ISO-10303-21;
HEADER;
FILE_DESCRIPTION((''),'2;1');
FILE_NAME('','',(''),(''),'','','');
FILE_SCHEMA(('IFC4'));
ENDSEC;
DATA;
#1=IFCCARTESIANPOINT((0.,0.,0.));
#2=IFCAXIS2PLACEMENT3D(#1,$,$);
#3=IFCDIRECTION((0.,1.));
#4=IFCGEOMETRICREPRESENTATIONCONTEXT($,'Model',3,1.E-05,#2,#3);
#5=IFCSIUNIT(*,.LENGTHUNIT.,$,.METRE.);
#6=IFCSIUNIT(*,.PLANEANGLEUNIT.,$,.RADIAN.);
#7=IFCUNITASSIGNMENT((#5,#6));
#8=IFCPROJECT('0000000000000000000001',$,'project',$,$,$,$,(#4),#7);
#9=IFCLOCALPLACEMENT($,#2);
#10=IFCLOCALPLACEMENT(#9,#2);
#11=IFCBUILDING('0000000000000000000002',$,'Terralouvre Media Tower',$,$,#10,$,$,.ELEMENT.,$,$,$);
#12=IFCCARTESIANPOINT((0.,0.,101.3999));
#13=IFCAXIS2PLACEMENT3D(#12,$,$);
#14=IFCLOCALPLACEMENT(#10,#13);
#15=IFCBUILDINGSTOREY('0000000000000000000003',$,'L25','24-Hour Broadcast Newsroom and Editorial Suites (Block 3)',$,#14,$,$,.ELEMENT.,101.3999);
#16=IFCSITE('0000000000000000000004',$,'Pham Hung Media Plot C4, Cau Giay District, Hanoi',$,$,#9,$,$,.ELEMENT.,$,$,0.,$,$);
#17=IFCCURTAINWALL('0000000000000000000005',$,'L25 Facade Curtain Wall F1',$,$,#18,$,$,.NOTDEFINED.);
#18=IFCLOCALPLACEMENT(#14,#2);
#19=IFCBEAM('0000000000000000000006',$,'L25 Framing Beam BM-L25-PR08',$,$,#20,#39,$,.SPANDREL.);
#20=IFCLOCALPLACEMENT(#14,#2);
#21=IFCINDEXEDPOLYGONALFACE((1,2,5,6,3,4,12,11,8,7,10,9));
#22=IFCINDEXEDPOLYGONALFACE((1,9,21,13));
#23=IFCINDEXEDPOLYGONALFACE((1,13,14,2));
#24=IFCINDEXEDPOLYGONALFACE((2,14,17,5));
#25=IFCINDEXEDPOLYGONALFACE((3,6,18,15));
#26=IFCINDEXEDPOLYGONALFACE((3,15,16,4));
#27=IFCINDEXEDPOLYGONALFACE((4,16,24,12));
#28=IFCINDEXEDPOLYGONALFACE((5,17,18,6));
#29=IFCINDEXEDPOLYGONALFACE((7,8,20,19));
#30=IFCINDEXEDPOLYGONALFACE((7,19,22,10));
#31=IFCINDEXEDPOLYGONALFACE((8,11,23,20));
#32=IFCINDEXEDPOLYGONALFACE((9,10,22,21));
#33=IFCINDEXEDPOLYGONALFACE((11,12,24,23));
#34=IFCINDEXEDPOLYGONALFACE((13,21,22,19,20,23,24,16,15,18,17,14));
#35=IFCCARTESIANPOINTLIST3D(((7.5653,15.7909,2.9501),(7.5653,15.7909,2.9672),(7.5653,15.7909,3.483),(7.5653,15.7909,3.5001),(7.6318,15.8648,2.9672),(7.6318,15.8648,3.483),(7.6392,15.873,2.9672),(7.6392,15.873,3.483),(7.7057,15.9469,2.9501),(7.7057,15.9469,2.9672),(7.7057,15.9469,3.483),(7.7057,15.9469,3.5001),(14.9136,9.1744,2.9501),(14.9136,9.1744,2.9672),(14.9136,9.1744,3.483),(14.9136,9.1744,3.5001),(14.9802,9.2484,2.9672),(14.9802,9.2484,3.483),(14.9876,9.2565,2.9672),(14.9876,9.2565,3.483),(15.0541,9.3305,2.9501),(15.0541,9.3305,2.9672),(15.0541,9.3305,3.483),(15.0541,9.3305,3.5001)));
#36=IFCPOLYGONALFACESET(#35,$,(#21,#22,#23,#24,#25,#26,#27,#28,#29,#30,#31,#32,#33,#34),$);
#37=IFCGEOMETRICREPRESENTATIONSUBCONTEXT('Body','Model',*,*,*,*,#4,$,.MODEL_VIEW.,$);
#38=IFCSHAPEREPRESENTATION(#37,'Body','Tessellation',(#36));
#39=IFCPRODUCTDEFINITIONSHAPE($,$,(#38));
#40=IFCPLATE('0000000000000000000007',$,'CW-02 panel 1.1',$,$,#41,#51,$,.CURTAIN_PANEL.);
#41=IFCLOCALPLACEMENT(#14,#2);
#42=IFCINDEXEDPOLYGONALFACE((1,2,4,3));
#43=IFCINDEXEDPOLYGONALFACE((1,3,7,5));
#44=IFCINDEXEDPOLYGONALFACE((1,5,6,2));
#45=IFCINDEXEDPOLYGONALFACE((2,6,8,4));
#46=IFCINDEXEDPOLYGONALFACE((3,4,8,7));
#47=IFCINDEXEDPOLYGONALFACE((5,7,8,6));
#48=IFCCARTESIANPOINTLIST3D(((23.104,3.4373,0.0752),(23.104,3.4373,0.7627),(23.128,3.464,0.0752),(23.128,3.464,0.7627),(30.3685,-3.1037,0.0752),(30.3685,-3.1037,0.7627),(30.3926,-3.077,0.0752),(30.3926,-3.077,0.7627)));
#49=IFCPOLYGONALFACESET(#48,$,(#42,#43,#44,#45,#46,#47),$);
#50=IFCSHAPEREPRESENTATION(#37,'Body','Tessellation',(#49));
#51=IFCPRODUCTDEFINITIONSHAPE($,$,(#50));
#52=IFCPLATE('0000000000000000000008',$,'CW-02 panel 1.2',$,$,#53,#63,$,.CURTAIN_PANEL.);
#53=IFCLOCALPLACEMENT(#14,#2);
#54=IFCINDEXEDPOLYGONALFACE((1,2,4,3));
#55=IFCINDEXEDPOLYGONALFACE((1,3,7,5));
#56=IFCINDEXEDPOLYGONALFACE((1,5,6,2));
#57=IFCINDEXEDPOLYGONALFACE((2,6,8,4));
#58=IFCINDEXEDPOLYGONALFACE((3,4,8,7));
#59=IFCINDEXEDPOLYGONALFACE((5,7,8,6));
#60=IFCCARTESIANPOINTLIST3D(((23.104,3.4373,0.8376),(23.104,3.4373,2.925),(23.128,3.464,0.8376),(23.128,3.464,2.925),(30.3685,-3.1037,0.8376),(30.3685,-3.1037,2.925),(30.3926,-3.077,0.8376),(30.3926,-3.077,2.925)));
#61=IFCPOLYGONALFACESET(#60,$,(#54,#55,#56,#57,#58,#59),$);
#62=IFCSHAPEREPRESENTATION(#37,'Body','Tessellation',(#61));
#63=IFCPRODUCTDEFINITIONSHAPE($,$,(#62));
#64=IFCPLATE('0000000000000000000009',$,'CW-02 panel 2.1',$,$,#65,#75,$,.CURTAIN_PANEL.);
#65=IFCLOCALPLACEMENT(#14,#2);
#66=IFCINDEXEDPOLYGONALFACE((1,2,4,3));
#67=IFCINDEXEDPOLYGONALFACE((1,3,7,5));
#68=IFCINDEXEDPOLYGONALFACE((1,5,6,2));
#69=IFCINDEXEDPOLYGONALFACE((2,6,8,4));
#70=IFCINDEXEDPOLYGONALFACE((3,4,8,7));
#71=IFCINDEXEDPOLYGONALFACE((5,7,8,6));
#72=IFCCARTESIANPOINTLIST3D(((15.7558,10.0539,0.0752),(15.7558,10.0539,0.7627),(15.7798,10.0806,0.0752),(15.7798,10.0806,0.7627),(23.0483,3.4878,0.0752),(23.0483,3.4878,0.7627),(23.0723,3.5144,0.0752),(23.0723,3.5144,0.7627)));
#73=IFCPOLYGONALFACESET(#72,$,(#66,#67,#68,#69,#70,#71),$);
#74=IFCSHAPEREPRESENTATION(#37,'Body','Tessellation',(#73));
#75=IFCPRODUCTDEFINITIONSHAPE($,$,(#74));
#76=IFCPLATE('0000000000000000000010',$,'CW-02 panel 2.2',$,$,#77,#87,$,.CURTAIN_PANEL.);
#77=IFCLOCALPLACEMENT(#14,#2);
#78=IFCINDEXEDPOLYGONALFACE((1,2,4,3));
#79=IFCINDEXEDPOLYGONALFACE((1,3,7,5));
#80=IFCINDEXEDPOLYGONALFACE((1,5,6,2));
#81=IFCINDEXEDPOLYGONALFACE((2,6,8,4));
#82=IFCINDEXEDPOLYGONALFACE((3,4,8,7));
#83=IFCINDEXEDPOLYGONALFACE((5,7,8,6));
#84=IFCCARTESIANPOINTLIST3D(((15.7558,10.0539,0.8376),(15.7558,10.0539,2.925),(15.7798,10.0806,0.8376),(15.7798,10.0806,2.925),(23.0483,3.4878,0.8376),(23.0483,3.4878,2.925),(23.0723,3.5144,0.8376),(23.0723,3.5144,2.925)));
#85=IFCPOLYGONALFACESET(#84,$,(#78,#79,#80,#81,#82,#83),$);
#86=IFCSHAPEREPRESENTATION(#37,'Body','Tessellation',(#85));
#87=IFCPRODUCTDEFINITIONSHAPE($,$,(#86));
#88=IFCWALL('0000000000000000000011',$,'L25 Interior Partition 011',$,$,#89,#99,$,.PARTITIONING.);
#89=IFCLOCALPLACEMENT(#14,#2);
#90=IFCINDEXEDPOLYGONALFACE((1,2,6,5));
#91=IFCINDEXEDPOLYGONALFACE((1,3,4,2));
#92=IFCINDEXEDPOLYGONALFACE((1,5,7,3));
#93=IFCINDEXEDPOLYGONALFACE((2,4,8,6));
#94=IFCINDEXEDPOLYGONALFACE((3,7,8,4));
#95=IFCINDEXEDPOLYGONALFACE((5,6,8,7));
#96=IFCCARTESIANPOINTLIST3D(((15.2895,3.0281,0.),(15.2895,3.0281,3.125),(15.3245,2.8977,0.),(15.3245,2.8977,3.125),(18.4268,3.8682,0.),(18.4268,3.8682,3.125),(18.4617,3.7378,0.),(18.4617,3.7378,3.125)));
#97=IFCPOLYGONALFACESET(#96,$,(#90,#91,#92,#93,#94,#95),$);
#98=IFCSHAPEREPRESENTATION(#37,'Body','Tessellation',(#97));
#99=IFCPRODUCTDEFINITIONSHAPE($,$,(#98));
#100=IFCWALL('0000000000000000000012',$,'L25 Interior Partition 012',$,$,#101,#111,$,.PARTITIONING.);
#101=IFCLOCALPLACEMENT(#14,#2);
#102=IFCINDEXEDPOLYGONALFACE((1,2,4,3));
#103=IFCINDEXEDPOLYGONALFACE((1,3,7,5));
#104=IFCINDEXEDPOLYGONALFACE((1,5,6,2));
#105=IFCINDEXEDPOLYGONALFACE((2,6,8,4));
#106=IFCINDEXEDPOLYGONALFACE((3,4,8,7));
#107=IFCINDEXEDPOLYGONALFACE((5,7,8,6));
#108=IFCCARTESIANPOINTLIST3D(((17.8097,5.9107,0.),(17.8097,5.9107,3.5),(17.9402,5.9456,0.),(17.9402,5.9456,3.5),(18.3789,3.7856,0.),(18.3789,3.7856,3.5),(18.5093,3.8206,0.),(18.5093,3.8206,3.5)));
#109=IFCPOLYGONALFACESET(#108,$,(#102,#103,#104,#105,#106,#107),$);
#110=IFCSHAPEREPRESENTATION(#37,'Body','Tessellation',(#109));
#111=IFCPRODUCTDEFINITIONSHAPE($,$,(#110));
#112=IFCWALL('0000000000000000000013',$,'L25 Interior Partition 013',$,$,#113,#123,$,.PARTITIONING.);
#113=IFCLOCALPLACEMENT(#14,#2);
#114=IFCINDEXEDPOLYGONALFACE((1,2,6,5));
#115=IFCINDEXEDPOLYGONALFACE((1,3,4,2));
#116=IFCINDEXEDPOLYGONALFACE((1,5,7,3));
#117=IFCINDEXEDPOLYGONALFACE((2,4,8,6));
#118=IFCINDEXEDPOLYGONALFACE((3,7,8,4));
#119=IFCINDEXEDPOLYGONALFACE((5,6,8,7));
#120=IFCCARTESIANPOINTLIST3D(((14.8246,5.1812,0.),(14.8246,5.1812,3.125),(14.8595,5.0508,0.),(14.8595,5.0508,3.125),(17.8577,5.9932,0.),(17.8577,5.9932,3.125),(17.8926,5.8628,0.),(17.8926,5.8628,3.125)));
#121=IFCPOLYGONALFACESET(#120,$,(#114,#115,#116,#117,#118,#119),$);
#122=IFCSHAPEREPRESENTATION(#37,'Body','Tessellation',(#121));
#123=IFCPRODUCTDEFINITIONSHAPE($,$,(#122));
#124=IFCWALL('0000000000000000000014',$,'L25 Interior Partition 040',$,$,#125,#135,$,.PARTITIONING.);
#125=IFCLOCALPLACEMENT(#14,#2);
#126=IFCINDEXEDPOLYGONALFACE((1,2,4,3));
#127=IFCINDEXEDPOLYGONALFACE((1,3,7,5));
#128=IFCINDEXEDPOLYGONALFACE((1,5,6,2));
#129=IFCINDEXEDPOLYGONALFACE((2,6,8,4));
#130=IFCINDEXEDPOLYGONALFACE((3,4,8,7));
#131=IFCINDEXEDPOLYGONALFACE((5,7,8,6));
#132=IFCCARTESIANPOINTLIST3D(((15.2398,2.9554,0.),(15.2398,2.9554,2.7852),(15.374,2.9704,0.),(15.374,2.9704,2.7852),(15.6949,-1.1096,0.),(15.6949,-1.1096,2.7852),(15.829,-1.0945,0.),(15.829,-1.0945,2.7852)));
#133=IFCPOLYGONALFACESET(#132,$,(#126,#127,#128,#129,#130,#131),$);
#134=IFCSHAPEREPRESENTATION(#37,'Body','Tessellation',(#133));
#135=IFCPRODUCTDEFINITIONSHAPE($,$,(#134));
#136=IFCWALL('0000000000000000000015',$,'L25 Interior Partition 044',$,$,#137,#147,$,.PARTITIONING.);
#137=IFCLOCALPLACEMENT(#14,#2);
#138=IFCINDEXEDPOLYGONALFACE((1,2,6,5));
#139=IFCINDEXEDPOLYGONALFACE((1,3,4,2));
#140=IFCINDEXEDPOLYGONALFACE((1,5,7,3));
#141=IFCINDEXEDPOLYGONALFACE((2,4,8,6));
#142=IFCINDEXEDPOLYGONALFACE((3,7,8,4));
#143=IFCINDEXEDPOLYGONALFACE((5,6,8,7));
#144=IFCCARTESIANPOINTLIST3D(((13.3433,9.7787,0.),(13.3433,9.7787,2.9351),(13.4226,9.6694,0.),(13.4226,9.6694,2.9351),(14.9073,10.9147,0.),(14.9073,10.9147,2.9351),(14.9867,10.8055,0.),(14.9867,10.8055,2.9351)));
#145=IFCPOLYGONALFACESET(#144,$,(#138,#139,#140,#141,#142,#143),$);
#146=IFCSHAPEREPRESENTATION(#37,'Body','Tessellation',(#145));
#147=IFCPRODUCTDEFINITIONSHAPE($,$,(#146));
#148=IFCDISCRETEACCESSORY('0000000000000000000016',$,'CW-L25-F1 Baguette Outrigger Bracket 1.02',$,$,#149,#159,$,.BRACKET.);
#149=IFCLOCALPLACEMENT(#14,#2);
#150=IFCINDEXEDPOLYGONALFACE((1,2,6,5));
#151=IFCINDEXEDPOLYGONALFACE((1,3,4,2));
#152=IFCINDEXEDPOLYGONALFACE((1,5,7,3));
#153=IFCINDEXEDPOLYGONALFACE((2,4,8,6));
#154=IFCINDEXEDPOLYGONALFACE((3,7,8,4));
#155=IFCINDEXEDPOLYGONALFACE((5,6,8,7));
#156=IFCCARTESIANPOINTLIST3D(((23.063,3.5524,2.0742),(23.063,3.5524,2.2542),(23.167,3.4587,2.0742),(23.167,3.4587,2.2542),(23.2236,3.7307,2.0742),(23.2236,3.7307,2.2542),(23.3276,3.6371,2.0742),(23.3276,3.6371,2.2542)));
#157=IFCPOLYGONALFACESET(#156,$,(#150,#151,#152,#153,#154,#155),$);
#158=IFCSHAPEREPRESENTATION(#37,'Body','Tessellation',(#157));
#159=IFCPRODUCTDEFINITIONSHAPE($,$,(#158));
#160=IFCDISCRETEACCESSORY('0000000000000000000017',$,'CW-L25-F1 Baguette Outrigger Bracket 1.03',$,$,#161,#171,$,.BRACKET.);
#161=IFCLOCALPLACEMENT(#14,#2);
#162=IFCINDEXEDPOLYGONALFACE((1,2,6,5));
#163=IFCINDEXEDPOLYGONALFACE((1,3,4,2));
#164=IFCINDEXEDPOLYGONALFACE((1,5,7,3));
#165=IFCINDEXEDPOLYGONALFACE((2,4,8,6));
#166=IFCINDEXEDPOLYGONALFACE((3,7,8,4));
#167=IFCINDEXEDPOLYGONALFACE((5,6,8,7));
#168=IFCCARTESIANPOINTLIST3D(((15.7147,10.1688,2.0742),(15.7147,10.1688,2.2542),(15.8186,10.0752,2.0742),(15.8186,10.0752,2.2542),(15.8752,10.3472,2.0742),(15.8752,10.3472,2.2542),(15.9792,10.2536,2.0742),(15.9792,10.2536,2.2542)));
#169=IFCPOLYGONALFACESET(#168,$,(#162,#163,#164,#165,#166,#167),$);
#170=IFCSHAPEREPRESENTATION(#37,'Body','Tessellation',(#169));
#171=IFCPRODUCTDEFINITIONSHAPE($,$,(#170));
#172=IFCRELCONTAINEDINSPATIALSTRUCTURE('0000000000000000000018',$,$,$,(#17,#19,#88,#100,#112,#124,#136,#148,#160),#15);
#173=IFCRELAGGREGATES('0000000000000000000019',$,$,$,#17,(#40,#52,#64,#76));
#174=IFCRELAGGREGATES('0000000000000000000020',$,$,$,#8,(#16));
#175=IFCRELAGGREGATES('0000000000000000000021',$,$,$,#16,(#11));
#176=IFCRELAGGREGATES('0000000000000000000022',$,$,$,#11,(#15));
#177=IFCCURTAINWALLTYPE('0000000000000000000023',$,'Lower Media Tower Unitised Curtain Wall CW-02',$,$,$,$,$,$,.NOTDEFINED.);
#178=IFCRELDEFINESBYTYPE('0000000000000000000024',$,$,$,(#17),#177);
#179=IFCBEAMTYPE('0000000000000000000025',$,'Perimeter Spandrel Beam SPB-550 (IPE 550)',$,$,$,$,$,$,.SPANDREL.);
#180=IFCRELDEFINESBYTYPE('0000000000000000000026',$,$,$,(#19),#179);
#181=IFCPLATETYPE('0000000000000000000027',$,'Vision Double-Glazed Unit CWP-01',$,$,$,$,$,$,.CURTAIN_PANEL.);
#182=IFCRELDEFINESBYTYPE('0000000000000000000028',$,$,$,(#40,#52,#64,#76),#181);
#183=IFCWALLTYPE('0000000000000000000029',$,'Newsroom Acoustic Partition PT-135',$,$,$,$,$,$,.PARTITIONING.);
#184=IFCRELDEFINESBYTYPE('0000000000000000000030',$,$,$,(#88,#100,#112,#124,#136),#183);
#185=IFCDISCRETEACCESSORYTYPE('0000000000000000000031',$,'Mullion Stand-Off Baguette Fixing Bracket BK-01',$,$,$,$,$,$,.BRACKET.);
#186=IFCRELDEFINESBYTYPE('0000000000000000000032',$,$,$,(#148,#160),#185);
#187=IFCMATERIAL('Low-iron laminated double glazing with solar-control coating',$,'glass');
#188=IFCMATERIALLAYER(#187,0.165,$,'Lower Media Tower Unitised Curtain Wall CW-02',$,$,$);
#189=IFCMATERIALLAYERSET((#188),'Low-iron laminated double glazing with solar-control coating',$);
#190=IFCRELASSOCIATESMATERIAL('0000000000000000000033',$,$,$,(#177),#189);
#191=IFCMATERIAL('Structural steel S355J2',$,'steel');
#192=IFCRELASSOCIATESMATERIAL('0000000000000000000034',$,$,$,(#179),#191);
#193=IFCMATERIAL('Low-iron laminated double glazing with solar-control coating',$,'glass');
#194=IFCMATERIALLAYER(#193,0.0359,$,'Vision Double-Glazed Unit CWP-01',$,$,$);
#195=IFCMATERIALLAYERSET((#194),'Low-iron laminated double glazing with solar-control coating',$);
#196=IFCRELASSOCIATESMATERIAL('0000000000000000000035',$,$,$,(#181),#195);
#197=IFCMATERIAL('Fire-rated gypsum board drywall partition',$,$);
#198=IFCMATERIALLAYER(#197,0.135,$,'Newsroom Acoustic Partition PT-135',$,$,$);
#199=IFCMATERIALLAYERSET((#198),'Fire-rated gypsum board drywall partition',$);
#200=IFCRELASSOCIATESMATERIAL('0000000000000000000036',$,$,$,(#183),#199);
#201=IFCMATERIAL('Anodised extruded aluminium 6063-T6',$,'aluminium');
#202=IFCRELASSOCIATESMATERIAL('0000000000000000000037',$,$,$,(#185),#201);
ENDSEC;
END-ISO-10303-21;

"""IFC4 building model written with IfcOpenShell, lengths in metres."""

from ifc_helpers import new_model, si_unit, direction, frame, frame_2d, origin, origin_2d, place, context, subcontext, project, spatial, rectangle, i_section, extrude, material, layer, layer_set, material_profile, profile_set, type_object, element, aggregate, save


model = new_model("IFC4")

# Units and contexts
model_context = context("Model", 3, precision=1e-05, world=origin(), true_north=direction((0.0, 1.0)))
body_context = subcontext(model_context, "Body", "Model", "MODEL_VIEW")
ifc_project = project(units=[si_unit("LENGTHUNIT", "METRE"), si_unit("PLANEANGLEUNIT", "RADIAN")], contexts=[model_context])

# Site, building, storey
site_placement = place(None, origin())
site = spatial("IfcSite", under=ifc_project, at=site_placement, Name="Pham Hung Media Plot C4, Cau Giay District, Hanoi", CompositionType="ELEMENT", RefElevation=0.0)
building_placement = place(site_placement, origin())
building = spatial("IfcBuilding", under=site, at=building_placement, Name="Terralouvre Media Tower", CompositionType="ELEMENT")
storey_placement = place(building_placement, frame((0.0, 0.0, 101.3999)))
storey = spatial("IfcBuildingStorey", under=building, at=storey_placement, Name="L25", Description="24-Hour Broadcast Newsroom and Editorial Suites (Block 3)", CompositionType="ELEMENT", Elevation=101.3999)

# Curtain wall
ifc_material_1 = material(Name="Low-iron laminated double glazing with solar-control coating", Category="glass")
ifc_layer_1 = layer(ifc_material_1, 0.165, Name="Lower Media Tower Unitised Curtain Wall CW-02")
ifc_layer_set_1 = layer_set([ifc_layer_1], Name="Low-iron laminated double glazing with solar-control coating")
curtain_wall_type = type_object("IfcCurtainWallType", Name="Lower Media Tower Unitised Curtain Wall CW-02", PredefinedType="NOTDEFINED", material=ifc_layer_set_1)
curtain_wall_placement = place(storey_placement, origin())
curtain_wall = element("IfcCurtainWall", 1, at=curtain_wall_placement, inside=storey, type_object=curtain_wall_type, Name="L25 Facade Curtain Wall F1", PredefinedType="NOTDEFINED")

# Beam
ifc_material_2 = material(Name="Structural steel S355J2", Category="steel")
ifc_material_profile_1 = material_profile(ifc_material_2, i_section(OverallWidth=0.21, OverallDepth=0.55, WebThickness=0.011, FlangeThickness=0.0171, at=origin_2d()), Name="IPE 550")
ifc_profile_set_1 = profile_set([ifc_material_profile_1], Name="Structural steel S355J2")
beam_type_1 = type_object("IfcBeamType", Name="Perimeter Spandrel Beam SPB-550 (IPE 550)", PredefinedType="SPANDREL", material=ifc_profile_set_1)
beam_1_placement = place(storey_placement, frame((14.9839, 9.2524, 3.2251), z_axis=(-0.743148, 0.669127, 0.0), x_axis=(-0.669127, -0.743148, 0.0)))
element("IfcBeam", 2, at=beam_1_placement, inside=storey, type_object=beam_type_1, Name="L25 Framing Beam BM-L25-PR08", PredefinedType="SPANDREL", context=body_context, shape_type="SweptSolid", body=[
    extrude(i_section(OverallWidth=0.21, OverallDepth=0.55, WebThickness=0.011, FlangeThickness=0.0171, at=origin_2d()), origin(), (0.0, 0.0, 1.0), 9.8882),
])

# Plates
ifc_material_3 = material(Name="Low-iron laminated double glazing with solar-control coating", Category="glass")
ifc_layer_2 = layer(ifc_material_3, 0.0359, Name="Vision Double-Glazed Unit CWP-01")
ifc_layer_set_2 = layer_set([ifc_layer_2], Name="Low-iron laminated double glazing with solar-control coating")
plate_type = type_object("IfcPlateType", Name="Vision Double-Glazed Unit CWP-01", PredefinedType="CURTAIN_PANEL", material=ifc_layer_set_2)
plate_1_placement = place(storey_placement, frame((26.7483, 0.1802, 0.0752), z_axis=(0.0, 0.0, 1.0), x_axis=(-0.743145, 0.669131, 0.0)))
plate_1 = element("IfcPlate", 3, at=plate_1_placement, type_object=plate_type, Name="CW-02 panel 1.1", PredefinedType="CURTAIN_PANEL", context=body_context, shape_type="SweptSolid", body=[
    extrude(rectangle(XDim=9.7754, YDim=0.0359, at=origin_2d()), origin(), (0.0, 0.0, 1.0), 0.6875),
])
plate_2_placement = place(storey_placement, frame((26.7483, 0.1802, 0.8376), z_axis=(0.0, 0.0, 1.0), x_axis=(-0.743145, 0.669131, 0.0)))
plate_2 = element("IfcPlate", 4, at=plate_2_placement, type_object=plate_type, Name="CW-02 panel 1.2", PredefinedType="CURTAIN_PANEL", context=body_context, shape_type="SweptSolid", body=[
    extrude(rectangle(XDim=9.7754, YDim=0.0359, at=origin_2d()), origin(), (0.0, 0.0, 1.0), 2.0874),
])
plate_3_placement = place(storey_placement, frame((19.4141, 6.7842, 0.0752), z_axis=(0.0, 0.0, 1.0), x_axis=(-0.743145, 0.669131, 0.0)))
plate_3 = element("IfcPlate", 5, at=plate_3_placement, type_object=plate_type, Name="CW-02 panel 2.1", PredefinedType="CURTAIN_PANEL", context=body_context, shape_type="SweptSolid", body=[
    extrude(rectangle(XDim=9.813, YDim=0.0359, at=origin_2d()), origin(), (0.0, 0.0, 1.0), 0.6875),
])
plate_4_placement = place(storey_placement, frame((19.4141, 6.7842, 0.8376), z_axis=(0.0, 0.0, 1.0), x_axis=(-0.743145, 0.669131, 0.0)))
plate_4 = element("IfcPlate", 6, at=plate_4_placement, type_object=plate_type, Name="CW-02 panel 2.2", PredefinedType="CURTAIN_PANEL", context=body_context, shape_type="SweptSolid", body=[
    extrude(rectangle(XDim=9.813, YDim=0.0359, at=origin_2d()), origin(), (0.0, 0.0, 1.0), 2.0874),
])
aggregate(curtain_wall, [plate_1, plate_2, plate_3, plate_4])

# Walls
ifc_material_4 = material(Name="Fire-rated gypsum board drywall partition")
ifc_layer_3 = layer(ifc_material_4, 0.135, Name="Newsroom Acoustic Partition PT-135")
ifc_layer_set_3 = layer_set([ifc_layer_3], Name="Fire-rated gypsum board drywall partition")
wall_type = type_object("IfcWallType", Name="Newsroom Acoustic Partition PT-135", PredefinedType="PARTITIONING", material=ifc_layer_set_3)
wall_1_placement = place(storey_placement, frame((15.3069, 2.9629, 0.0), z_axis=(0.0, 0.0, 1.0), x_axis=(0.965966, 0.258668, 0.0)))
element("IfcWall", 7, at=wall_1_placement, inside=storey, type_object=wall_type, Name="L25 Interior Partition 011", PredefinedType="PARTITIONING", context=body_context, shape_type="SweptSolid", body=[
    extrude(rectangle(XDim=3.2478, YDim=0.135, at=frame_2d((1.624, 0.0))), origin(), (0.0, 0.0, 1.0), 3.125),
])
wall_2_placement = place(storey_placement, frame((18.4441, 3.803, 0.0), z_axis=(0.0, 0.0, 1.0), x_axis=(-0.258692, 0.96596, 0.0)))
element("IfcWall", 8, at=wall_2_placement, inside=storey, type_object=wall_type, Name="L25 Interior Partition 012", PredefinedType="PARTITIONING", context=body_context, shape_type="SweptSolid", body=[
    extrude(rectangle(XDim=2.2, YDim=0.135, at=frame_2d((1.1001, 0.0))), origin(), (0.0, 0.0, 1.0), 3.5),
])
wall_3_placement = place(storey_placement, frame((17.875, 5.928, 0.0), z_axis=(0.0, 0.0, 1.0), x_axis=(-0.965979, -0.258621, 0.0)))
element("IfcWall", 9, at=wall_3_placement, inside=storey, type_object=wall_type, Name="L25 Interior Partition 013", PredefinedType="PARTITIONING", context=body_context, shape_type="SweptSolid", body=[
    extrude(rectangle(XDim=3.1399, YDim=0.135, at=frame_2d((1.5698, 0.0))), origin(), (0.0, 0.0, 1.0), 3.125),
])
wall_4_placement = place(storey_placement, frame((15.3069, 2.9629, 0.0), z_axis=(0.0, 0.0, 1.0), x_axis=(0.111257, -0.993792, 0.0)))
element("IfcWall", 10, at=wall_4_placement, inside=storey, type_object=wall_type, Name="L25 Interior Partition 040", PredefinedType="PARTITIONING", context=body_context, shape_type="SweptSolid", body=[
    extrude(rectangle(XDim=4.0903, YDim=0.135, at=frame_2d((2.0452, 0.0))), origin(), (0.0, 0.0, 1.0), 2.7852),
])
wall_5_placement = place(storey_placement, frame((14.947, 10.8601, 0.0), z_axis=(0.0, 0.0, 1.0), x_axis=(-0.809091, -0.587683, 0.0)))
element("IfcWall", 11, at=wall_5_placement, inside=storey, type_object=wall_type, Name="L25 Interior Partition 044", PredefinedType="PARTITIONING", context=body_context, shape_type="SweptSolid", body=[
    extrude(rectangle(XDim=1.9331, YDim=0.135, at=frame_2d((0.9666, 0.0))), origin(), (0.0, 0.0, 1.0), 2.9351),
])

# Discrete accessories
ifc_material_5 = material(Name="Anodised extruded aluminium 6063-T6", Category="aluminium")
discrete_accessory_type = type_object("IfcDiscreteAccessoryType", Name="Mullion Stand-Off Baguette Fixing Bracket BK-01", PredefinedType="BRACKET", material=ifc_material_5)
for number, where, z_axis, x_axis, name in (
    (12, (23.1953, 3.5947, 2.0742), (0.0, 0.0, 1.0), (-0.743145, 0.669131, 0.0), "CW-L25-F1 Baguette Outrigger Bracket 1.02"),
    (13, (15.8469, 10.2112, 2.0742), (0.0, 0.0, 1.0), (-0.743145, 0.669131, 0.0), "CW-L25-F1 Baguette Outrigger Bracket 1.03"),
):
    element("IfcDiscreteAccessory", number, at=place(storey_placement, frame(where, z_axis=z_axis, x_axis=x_axis)), inside=storey, type_object=discrete_accessory_type, Name=name, PredefinedType="BRACKET", context=body_context, shape_type="SweptSolid", body=[
        extrude(rectangle(XDim=0.1399, YDim=0.24, at=origin_2d()), origin(), (0.0, 0.0, 1.0), 0.1799),
    ])

save(model, "model.ifc")
